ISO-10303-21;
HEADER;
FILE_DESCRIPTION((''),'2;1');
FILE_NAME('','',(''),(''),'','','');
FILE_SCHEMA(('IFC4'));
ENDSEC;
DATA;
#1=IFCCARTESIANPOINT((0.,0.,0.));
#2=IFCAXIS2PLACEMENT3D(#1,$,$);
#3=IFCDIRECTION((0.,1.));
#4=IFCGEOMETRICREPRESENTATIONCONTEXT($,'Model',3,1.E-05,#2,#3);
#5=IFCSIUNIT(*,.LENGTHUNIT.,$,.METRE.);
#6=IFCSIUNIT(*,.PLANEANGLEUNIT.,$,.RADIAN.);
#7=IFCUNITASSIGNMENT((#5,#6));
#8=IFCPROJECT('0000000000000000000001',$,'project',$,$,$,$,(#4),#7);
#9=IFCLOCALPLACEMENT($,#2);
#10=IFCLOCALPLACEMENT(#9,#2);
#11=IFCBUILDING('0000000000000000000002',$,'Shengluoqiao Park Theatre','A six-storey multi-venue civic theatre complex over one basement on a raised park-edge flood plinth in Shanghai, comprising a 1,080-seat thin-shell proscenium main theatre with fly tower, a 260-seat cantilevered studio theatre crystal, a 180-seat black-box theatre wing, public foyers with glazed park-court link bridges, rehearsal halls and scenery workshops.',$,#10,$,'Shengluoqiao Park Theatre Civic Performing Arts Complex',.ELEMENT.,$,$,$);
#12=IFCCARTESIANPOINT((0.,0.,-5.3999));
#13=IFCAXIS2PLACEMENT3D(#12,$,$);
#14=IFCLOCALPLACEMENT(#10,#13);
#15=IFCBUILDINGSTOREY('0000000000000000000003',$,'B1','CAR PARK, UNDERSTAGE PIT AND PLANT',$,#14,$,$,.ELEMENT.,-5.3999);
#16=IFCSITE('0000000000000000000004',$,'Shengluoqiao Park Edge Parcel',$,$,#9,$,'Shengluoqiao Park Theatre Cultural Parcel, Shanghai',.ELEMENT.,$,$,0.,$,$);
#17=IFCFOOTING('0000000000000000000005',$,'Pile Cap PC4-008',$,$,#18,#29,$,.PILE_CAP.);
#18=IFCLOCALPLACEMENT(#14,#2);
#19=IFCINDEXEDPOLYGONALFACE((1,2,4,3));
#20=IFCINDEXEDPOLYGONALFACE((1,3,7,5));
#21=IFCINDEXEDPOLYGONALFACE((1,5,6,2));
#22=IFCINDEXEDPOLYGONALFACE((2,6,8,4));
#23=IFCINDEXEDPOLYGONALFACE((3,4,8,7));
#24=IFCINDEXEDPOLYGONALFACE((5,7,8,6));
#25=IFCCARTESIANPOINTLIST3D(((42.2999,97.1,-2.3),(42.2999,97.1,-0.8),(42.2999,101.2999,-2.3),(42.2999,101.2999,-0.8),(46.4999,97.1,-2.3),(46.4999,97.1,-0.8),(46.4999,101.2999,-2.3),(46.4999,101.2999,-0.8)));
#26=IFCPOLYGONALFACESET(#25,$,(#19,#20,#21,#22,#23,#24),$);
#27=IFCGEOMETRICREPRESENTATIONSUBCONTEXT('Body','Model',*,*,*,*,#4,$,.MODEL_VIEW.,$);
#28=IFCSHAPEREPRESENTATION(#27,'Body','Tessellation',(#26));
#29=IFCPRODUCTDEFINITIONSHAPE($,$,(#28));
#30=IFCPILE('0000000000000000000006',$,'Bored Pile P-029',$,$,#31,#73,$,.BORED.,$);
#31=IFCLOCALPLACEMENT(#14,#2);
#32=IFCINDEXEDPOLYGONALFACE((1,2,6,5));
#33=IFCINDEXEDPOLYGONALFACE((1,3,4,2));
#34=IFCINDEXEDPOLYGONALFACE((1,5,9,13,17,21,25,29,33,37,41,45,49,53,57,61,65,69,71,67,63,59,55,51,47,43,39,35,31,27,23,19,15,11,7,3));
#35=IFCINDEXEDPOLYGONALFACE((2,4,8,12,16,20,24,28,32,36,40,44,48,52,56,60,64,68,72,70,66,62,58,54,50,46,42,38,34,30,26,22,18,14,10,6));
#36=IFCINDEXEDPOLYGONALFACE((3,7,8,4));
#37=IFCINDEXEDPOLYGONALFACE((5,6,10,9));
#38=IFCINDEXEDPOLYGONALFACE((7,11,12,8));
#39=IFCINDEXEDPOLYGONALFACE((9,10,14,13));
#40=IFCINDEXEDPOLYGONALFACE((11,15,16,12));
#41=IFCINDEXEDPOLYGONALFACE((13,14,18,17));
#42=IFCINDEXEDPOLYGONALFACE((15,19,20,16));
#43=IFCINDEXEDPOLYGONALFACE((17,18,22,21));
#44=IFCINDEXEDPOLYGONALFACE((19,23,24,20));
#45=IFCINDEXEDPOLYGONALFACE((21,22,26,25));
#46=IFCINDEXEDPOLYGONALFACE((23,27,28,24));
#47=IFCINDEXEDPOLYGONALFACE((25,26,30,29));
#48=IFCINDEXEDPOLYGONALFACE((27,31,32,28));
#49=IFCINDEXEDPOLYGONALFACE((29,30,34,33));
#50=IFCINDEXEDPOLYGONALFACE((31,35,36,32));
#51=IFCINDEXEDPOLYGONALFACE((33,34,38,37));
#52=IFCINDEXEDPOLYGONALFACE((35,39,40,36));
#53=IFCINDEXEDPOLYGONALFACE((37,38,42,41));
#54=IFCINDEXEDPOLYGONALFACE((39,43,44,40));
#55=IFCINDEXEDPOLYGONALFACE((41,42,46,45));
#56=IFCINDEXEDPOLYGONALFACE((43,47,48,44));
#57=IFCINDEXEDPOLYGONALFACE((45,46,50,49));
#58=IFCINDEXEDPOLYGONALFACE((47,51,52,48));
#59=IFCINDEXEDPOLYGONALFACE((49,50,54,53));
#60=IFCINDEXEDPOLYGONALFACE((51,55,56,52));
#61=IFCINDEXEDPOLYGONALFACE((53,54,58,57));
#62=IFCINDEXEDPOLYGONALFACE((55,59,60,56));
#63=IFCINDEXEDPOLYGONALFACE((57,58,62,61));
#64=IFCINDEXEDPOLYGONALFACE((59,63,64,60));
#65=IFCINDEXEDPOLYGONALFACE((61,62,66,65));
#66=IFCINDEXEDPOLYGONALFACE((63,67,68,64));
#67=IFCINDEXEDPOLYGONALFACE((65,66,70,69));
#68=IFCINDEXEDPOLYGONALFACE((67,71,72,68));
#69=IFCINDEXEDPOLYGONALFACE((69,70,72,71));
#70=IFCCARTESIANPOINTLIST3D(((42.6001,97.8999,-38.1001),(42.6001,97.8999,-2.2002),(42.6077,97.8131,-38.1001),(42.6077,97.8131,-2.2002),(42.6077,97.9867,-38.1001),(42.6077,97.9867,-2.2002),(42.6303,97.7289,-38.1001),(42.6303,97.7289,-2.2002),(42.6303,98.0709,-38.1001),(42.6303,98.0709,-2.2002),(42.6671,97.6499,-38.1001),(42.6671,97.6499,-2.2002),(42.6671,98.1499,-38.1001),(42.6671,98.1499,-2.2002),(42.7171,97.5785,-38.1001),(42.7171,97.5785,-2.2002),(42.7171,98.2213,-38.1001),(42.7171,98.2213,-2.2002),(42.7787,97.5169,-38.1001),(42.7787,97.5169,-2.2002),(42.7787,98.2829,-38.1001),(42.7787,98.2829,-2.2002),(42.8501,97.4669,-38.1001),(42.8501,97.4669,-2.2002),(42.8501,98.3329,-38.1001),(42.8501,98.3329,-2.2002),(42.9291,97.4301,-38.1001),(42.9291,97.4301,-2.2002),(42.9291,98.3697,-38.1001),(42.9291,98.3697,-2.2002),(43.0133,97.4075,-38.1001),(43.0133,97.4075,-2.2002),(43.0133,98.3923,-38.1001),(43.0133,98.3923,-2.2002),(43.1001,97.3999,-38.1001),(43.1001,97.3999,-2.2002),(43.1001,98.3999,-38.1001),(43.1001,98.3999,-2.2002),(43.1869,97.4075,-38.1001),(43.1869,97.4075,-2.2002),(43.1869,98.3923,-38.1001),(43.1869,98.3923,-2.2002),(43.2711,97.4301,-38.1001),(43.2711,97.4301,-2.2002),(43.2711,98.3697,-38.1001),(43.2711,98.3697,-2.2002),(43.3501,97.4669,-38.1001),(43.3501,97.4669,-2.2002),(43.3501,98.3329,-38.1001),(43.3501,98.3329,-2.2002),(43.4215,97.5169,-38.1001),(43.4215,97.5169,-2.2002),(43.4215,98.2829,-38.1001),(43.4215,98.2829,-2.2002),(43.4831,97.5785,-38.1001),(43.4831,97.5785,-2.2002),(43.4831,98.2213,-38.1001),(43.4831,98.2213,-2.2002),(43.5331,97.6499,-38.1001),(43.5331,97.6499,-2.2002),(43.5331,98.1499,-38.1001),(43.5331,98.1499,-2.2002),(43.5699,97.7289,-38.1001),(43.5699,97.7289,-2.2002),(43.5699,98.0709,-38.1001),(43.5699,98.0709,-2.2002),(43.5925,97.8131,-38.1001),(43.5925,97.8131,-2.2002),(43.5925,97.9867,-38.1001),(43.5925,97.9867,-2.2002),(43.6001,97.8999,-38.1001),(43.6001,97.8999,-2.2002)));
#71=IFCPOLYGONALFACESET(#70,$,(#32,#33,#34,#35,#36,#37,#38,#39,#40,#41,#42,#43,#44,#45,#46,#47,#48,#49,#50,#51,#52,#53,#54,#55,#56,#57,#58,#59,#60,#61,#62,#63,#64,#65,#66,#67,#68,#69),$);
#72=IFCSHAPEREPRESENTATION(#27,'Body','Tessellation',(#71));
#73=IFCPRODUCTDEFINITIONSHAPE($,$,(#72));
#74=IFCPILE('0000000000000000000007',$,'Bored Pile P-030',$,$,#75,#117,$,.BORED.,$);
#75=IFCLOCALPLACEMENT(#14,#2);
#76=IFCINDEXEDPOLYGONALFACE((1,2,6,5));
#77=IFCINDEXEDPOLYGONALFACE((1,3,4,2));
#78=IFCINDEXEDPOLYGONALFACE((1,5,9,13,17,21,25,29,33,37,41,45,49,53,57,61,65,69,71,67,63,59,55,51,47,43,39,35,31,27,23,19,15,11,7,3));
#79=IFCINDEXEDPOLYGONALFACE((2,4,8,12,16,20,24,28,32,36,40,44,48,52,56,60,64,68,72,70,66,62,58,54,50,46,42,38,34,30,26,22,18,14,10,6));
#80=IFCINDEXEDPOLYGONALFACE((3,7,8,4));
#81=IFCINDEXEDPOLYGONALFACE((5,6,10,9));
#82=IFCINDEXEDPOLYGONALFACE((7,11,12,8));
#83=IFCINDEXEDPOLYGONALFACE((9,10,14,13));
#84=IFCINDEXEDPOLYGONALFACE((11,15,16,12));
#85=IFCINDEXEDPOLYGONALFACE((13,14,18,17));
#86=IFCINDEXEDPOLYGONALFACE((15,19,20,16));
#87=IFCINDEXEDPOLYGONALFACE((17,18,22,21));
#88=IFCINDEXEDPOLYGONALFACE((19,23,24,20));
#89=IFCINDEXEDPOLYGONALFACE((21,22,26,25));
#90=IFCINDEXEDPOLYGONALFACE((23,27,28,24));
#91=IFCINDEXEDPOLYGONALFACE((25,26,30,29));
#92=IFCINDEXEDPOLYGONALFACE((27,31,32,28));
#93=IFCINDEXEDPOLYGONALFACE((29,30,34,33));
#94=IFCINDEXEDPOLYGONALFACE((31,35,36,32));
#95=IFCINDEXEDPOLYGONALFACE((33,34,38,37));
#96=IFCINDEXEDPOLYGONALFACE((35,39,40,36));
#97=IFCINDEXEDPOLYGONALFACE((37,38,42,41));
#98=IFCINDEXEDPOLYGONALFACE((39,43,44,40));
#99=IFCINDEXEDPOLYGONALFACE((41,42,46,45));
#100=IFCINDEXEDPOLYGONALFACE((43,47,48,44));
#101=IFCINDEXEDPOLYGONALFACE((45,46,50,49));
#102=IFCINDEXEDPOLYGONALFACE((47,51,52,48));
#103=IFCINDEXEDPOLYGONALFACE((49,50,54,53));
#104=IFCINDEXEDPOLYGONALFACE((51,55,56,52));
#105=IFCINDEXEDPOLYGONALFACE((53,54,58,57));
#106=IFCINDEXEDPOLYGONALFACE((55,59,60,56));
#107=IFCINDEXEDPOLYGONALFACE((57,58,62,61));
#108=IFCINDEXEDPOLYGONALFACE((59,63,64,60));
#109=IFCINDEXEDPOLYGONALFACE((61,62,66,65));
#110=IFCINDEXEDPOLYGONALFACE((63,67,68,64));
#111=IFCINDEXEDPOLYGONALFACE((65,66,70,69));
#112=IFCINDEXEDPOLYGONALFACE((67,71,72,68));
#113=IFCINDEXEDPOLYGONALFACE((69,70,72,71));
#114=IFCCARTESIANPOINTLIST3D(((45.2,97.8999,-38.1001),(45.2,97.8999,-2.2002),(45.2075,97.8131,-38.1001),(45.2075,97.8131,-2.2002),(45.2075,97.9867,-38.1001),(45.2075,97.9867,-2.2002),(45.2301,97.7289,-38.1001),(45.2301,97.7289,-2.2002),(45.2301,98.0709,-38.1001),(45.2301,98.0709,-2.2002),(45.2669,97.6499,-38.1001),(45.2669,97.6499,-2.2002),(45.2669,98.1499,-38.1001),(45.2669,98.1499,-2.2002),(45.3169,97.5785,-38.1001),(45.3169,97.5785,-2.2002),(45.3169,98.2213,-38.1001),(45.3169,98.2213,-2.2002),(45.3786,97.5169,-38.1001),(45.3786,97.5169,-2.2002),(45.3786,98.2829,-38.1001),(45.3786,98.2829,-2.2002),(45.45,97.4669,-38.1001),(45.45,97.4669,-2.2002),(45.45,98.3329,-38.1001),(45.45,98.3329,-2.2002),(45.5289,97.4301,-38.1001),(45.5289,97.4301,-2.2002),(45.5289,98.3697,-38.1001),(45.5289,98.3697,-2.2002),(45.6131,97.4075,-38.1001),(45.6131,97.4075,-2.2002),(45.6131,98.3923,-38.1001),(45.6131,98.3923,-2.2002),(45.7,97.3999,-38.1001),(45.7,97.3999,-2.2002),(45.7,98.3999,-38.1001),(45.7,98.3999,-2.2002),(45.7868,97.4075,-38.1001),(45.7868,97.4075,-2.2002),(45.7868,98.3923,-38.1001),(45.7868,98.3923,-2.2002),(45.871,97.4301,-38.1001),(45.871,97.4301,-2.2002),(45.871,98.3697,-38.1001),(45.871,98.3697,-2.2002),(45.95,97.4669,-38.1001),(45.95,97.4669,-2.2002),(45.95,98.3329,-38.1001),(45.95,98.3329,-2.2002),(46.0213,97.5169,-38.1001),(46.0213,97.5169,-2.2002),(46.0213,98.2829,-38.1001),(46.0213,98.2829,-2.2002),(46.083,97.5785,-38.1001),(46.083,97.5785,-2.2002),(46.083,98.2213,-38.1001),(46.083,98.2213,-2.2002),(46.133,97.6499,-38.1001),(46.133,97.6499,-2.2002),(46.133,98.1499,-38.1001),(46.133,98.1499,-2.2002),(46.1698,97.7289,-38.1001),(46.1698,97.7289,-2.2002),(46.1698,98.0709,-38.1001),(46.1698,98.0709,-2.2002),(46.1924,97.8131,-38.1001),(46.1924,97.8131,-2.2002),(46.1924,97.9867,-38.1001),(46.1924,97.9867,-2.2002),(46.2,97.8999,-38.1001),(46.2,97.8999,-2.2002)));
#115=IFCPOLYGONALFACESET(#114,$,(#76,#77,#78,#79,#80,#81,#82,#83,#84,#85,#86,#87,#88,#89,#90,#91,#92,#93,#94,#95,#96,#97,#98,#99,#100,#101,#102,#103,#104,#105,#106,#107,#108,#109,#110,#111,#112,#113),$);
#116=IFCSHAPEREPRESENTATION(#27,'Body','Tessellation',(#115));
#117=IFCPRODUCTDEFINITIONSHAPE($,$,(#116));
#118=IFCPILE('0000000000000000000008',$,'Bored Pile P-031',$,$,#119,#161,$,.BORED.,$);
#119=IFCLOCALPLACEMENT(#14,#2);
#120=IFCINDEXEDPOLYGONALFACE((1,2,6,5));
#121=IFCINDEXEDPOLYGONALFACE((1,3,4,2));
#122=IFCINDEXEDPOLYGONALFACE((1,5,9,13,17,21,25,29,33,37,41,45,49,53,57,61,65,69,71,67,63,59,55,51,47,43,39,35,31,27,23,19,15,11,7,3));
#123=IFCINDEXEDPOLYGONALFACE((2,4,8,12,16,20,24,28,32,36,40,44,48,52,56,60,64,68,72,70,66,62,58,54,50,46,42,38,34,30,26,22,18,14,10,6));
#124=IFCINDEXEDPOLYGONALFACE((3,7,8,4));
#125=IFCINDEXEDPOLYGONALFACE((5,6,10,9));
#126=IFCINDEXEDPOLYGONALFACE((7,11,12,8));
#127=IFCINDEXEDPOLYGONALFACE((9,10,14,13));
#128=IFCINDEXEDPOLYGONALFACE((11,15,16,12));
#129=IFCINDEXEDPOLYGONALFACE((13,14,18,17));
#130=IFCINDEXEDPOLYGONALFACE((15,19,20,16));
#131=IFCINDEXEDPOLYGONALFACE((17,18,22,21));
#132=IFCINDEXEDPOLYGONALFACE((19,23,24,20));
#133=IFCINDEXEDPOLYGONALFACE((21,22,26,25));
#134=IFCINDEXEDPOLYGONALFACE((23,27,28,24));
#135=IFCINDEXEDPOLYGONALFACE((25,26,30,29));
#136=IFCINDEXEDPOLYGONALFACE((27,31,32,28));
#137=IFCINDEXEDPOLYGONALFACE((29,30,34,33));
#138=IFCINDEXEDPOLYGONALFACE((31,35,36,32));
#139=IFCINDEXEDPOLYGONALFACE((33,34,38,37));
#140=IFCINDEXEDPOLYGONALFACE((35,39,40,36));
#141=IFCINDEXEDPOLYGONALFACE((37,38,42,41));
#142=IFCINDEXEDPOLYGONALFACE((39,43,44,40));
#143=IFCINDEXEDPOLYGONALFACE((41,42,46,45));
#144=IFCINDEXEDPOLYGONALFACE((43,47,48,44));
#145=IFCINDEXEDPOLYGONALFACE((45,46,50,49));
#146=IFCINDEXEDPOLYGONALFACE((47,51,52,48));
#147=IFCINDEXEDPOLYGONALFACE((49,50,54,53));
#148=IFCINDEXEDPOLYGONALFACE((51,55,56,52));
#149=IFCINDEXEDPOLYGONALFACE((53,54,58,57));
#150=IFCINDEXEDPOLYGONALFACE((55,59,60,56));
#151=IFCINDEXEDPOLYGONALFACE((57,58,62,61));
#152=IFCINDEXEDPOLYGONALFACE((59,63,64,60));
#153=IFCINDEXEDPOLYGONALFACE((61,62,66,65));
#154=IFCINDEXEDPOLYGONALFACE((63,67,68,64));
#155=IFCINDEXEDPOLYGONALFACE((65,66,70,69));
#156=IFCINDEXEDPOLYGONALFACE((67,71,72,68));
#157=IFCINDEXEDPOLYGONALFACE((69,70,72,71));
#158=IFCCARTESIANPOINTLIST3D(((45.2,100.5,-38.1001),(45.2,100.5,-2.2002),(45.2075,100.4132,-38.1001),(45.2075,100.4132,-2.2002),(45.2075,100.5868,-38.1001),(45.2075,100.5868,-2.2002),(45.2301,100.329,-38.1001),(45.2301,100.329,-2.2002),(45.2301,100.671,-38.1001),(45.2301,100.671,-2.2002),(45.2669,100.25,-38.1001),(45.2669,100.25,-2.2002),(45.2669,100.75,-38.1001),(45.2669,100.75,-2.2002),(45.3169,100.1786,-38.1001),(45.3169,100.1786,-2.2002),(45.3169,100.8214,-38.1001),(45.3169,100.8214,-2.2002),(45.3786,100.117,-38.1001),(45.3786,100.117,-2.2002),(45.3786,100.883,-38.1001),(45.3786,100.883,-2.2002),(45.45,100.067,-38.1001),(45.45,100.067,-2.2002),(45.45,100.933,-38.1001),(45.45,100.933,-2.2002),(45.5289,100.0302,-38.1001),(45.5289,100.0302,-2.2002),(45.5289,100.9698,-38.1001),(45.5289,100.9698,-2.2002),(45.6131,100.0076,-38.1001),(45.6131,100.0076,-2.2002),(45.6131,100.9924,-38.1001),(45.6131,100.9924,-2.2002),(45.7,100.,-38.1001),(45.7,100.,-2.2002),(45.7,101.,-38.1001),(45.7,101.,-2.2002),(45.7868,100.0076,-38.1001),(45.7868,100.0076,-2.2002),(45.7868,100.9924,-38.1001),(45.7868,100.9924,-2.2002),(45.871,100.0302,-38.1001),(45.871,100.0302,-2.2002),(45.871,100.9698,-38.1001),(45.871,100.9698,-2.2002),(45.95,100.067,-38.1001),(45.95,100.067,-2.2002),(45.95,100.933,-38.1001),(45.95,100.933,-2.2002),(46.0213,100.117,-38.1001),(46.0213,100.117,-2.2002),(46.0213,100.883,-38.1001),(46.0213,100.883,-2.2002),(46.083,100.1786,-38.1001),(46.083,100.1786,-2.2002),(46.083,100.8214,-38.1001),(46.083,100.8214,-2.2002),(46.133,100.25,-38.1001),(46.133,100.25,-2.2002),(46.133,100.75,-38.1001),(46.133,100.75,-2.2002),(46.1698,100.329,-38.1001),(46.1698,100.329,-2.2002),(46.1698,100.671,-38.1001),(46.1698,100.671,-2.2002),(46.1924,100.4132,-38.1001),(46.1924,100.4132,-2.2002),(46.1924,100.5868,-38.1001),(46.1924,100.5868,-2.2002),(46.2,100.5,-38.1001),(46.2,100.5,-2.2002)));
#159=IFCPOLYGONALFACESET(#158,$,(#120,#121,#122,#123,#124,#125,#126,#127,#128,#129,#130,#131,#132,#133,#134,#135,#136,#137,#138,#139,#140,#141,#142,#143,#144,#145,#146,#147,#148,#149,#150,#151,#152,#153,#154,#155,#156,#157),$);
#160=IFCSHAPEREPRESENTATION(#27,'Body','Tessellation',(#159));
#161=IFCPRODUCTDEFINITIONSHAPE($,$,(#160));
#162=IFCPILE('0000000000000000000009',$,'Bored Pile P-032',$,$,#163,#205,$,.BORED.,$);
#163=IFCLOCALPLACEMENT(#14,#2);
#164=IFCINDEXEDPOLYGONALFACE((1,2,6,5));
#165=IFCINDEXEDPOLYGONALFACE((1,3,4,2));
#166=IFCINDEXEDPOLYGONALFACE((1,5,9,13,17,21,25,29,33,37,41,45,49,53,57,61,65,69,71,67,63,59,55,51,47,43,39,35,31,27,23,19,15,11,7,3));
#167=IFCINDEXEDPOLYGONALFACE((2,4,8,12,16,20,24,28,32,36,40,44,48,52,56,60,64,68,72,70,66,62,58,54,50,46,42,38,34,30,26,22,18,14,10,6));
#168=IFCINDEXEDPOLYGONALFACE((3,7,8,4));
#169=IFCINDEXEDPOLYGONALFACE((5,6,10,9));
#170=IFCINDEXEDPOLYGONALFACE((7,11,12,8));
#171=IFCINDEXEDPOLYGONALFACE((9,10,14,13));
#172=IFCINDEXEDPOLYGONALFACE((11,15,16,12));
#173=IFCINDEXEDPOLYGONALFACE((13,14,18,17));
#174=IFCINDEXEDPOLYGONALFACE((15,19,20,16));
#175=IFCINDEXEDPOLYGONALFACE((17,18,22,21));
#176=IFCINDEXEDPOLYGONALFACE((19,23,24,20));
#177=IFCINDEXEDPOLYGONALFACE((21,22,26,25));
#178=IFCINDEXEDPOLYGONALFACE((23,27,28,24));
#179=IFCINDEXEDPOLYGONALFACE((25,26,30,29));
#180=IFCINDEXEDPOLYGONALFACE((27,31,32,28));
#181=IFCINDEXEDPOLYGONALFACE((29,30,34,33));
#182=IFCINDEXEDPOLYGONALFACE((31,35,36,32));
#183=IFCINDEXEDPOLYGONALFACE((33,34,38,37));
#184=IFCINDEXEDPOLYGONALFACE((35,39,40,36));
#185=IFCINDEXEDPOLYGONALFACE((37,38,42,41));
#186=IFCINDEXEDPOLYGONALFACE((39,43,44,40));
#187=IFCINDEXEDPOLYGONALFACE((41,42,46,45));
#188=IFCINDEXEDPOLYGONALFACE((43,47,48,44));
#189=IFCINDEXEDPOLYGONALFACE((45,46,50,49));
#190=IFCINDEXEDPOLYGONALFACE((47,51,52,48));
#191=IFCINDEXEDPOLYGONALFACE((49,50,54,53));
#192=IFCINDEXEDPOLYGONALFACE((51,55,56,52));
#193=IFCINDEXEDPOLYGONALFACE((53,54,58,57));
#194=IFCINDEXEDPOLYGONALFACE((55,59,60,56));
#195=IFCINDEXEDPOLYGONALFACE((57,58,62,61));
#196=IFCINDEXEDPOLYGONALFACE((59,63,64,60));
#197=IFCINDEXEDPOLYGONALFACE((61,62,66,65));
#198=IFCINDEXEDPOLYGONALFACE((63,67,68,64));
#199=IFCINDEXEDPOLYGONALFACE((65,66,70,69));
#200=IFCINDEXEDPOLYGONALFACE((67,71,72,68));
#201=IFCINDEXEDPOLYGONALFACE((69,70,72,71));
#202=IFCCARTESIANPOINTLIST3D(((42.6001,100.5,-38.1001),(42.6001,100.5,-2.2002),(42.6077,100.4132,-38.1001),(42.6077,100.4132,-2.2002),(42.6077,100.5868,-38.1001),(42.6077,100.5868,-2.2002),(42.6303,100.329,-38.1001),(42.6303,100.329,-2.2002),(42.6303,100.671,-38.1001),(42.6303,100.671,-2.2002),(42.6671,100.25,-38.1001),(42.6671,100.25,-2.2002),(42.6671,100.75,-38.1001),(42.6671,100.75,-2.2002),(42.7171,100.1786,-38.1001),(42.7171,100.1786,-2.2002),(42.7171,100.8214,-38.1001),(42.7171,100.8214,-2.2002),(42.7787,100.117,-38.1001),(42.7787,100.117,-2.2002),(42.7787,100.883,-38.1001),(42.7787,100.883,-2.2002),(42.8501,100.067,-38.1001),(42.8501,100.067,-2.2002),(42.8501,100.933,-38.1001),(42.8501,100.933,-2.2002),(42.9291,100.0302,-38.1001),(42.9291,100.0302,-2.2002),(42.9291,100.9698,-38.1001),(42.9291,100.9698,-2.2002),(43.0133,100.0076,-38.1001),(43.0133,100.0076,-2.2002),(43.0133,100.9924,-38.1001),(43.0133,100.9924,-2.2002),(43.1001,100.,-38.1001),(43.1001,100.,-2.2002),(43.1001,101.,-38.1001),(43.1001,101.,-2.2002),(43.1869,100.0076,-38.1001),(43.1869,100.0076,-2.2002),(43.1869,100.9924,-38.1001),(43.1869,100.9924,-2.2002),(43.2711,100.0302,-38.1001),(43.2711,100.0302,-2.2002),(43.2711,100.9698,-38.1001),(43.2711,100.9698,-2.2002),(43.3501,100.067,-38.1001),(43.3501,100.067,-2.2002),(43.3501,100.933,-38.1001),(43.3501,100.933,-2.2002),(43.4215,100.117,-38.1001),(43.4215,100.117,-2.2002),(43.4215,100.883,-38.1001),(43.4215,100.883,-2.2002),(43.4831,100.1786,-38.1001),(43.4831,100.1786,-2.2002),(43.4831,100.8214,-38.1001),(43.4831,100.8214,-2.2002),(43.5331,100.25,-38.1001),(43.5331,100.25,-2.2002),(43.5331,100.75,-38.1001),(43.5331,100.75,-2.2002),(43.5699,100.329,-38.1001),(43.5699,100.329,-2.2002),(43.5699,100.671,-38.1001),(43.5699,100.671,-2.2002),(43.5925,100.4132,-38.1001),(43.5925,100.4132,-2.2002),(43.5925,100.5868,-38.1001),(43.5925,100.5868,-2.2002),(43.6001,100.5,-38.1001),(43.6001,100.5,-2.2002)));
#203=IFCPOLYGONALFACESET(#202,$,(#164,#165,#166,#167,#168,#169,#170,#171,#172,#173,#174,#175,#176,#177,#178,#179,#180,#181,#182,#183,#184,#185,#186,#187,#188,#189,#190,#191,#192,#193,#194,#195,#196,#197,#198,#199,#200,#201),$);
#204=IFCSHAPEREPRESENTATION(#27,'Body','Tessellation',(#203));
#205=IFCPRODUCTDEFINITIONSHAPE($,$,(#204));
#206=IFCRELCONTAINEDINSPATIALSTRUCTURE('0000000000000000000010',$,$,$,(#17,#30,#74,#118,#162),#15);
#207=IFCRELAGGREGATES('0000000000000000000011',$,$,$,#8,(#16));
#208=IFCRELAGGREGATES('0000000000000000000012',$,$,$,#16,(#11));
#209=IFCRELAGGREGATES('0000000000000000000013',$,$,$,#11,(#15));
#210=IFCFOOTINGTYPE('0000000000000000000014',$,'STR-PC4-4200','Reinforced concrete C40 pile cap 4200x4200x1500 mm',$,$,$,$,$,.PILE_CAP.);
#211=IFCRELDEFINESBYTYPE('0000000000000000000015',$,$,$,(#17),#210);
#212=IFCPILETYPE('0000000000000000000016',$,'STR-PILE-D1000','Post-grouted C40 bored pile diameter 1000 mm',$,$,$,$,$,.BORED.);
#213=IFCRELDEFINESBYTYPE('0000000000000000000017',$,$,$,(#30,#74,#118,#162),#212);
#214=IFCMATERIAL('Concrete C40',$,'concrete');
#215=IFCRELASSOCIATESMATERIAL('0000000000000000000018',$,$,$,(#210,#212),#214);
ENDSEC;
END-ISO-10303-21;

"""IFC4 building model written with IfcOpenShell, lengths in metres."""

from ifc_helpers import new_model, si_unit, direction, frame, origin, origin_2d, place, context, subcontext, project, spatial, rectangle, circle, extrude, material, material_profile, profile_set, type_object, element, save


model = new_model("IFC4")

# Units and contexts
model_context = context("Model", 3, precision=1e-05, world=origin(), true_north=direction((0.0, 1.0)))
body_context = subcontext(model_context, "Body", "Model", "MODEL_VIEW")
ifc_project = project(units=[si_unit("LENGTHUNIT", "METRE"), si_unit("PLANEANGLEUNIT", "RADIAN")], contexts=[model_context])

# Site, building, storey
site_placement = place(None, origin())
site = spatial("IfcSite", under=ifc_project, at=site_placement, Name="Shengluoqiao Park Edge Parcel", LongName="Shengluoqiao Park Theatre Cultural Parcel, Shanghai", CompositionType="ELEMENT", RefElevation=0.0)
building_placement = place(site_placement, origin())
building = spatial("IfcBuilding", under=site, at=building_placement, Name="Shengluoqiao Park Theatre", Description="A six-storey multi-venue civic theatre complex over one basement on a raised park-edge flood plinth in Shanghai, comprising a 1,080-seat thin-shell proscenium main theatre with fly tower, a 260-seat cantilevered studio theatre crystal, a 180-seat black-box theatre wing, public foyers with glazed park-court link bridges, rehearsal halls and scenery workshops.", LongName="Shengluoqiao Park Theatre Civic Performing Arts Complex", CompositionType="ELEMENT")
storey_placement = place(building_placement, frame((0.0, 0.0, -5.3999)))
storey = spatial("IfcBuildingStorey", under=building, at=storey_placement, Name="B1", Description="CAR PARK, UNDERSTAGE PIT AND PLANT", CompositionType="ELEMENT", Elevation=-5.3999)

# Footing
ifc_material_1 = material(Name="Concrete C40", Category="concrete")
footing_type = type_object("IfcFootingType", Name="STR-PC4-4200", Description="Reinforced concrete C40 pile cap 4200x4200x1500 mm", PredefinedType="PILE_CAP", material=ifc_material_1)
footing_placement = place(storey_placement, frame((44.3999, 99.2, -2.3), z_axis=(0.0, 0.0, 1.0), x_axis=(1.0, 0.0, 0.0)))
element("IfcFooting", 1, at=footing_placement, inside=storey, type_object=footing_type, Name="Pile Cap PC4-008", PredefinedType="PILE_CAP", context=body_context, shape_type="SweptSolid", body=[
    extrude(rectangle(XDim=4.2, YDim=4.2, at=origin_2d()), origin(), (0.0, 0.0, 1.0), 1.5),
])

# Piles
ifc_material_profile_1 = material_profile(ifc_material_1, circle(Radius=0.5, at=origin_2d()), Name="BORED PILE D1000")
ifc_profile_set_1 = profile_set([ifc_material_profile_1], Name="Concrete C40")
pile_type = type_object("IfcPileType", Name="STR-PILE-D1000", Description="Post-grouted C40 bored pile diameter 1000 mm", PredefinedType="BORED", material=ifc_profile_set_1)
for number, where, z_axis, x_axis, name in (
    (2, (43.1001, 97.8999, -2.2002), (0.0, 0.0, -1.0), (1.0, 0.0, 0.0), "Bored Pile P-029"),
    (3, (45.7, 97.8999, -2.2002), (0.0, 0.0, -1.0), (1.0, 0.0, 0.0), "Bored Pile P-030"),
    (4, (45.7, 100.5, -2.2002), (0.0, 0.0, -1.0), (1.0, 0.0, 0.0), "Bored Pile P-031"),
    (5, (43.1001, 100.5, -2.2002), (0.0, 0.0, -1.0), (1.0, 0.0, 0.0), "Bored Pile P-032"),
):
    element("IfcPile", number, at=place(storey_placement, frame(where, z_axis=z_axis, x_axis=x_axis)), inside=storey, type_object=pile_type, Name=name, PredefinedType="BORED", context=body_context, shape_type="SweptSolid", body=[
        extrude(circle(Radius=0.5, at=origin_2d()), origin(), (0.0, 0.0, 1.0), 35.8999),
    ])

save(model, "model.ifc")
